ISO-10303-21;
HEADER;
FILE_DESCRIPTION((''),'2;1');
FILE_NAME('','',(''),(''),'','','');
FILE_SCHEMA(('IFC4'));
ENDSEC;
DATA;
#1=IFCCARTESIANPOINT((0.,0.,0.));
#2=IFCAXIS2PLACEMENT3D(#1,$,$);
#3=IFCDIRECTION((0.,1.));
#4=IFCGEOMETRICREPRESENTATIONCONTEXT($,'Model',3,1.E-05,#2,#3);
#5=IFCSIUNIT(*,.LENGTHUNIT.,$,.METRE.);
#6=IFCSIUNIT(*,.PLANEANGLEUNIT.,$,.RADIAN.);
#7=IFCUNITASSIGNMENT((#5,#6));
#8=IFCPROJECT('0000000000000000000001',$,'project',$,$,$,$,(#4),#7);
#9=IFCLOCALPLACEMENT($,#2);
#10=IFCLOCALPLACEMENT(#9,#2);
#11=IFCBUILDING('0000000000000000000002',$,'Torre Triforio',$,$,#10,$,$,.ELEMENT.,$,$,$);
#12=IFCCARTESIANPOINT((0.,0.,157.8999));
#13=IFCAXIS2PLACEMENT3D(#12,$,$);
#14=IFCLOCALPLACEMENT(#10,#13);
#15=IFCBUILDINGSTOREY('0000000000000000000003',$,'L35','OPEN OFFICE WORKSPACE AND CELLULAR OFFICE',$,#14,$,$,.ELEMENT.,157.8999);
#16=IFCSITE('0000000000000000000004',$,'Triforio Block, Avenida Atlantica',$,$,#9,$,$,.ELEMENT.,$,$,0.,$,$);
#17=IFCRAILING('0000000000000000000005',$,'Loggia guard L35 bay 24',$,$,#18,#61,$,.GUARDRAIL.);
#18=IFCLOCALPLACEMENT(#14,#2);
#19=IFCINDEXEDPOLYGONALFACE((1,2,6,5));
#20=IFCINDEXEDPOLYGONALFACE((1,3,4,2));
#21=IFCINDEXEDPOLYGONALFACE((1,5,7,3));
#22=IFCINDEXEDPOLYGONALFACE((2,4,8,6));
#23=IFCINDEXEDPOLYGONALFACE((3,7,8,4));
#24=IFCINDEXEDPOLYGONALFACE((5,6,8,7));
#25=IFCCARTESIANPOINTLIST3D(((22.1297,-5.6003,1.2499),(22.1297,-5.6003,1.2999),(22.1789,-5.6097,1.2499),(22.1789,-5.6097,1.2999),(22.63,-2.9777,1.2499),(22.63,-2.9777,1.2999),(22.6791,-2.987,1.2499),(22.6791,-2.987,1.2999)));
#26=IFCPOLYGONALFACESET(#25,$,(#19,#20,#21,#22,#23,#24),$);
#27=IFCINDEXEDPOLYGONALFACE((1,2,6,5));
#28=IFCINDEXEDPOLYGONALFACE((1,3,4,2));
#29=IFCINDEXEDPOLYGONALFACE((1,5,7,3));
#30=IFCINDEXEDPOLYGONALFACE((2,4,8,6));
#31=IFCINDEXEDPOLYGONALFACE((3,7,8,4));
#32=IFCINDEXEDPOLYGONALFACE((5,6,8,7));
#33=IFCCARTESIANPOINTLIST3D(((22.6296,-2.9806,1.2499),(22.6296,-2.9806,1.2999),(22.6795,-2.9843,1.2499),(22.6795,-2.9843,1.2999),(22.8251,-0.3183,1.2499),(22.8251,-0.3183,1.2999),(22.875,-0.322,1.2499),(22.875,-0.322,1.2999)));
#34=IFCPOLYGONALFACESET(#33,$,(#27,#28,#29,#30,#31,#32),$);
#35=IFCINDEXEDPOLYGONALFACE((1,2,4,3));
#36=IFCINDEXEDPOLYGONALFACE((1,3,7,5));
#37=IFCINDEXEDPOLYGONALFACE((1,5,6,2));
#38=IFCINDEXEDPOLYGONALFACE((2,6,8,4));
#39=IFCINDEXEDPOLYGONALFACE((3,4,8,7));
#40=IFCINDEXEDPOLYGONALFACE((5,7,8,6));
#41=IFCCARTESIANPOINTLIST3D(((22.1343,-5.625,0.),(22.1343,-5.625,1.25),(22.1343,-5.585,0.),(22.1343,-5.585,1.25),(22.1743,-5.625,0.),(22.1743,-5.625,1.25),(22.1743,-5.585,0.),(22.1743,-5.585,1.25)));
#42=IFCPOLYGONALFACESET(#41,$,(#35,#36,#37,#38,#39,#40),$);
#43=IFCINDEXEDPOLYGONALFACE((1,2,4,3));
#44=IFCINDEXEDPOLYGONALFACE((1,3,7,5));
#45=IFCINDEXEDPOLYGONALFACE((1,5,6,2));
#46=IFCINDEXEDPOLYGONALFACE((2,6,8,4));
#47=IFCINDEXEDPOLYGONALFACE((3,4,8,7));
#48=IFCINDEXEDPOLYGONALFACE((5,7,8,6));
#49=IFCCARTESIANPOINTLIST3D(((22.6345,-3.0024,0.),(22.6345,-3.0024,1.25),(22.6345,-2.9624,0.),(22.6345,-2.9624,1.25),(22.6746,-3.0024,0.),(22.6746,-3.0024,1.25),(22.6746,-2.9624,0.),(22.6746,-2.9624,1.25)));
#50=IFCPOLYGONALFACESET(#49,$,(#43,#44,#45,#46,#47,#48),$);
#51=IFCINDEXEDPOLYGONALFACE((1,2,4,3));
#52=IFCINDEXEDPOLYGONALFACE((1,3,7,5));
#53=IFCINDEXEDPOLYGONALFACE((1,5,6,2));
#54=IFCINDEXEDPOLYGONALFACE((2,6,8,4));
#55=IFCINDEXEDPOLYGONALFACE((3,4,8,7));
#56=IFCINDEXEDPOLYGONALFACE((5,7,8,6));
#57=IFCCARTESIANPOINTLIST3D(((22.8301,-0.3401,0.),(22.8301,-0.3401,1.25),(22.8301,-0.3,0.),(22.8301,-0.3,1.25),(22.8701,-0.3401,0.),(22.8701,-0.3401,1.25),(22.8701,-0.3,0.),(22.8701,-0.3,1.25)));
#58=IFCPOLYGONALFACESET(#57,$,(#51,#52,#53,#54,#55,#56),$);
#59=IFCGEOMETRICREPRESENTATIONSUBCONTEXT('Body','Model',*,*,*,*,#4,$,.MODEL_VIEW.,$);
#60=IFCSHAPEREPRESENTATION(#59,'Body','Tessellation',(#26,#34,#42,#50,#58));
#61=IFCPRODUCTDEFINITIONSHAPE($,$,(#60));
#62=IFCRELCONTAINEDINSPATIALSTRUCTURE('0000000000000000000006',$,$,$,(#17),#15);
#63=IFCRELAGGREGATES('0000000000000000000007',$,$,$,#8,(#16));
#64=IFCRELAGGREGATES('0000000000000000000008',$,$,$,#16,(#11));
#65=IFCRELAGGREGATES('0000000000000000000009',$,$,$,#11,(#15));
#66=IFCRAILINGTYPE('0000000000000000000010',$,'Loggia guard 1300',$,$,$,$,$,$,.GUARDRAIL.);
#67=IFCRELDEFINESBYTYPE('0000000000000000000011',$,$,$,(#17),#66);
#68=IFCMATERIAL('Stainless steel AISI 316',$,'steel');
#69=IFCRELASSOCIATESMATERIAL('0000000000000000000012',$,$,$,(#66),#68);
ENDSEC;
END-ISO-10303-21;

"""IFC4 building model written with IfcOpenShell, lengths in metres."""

from ifc_helpers import new_model, si_unit, direction, frame, origin, origin_2d, place, context, subcontext, project, spatial, rectangle, extrude, material, type_object, element, save


model = new_model("IFC4")

# Units and contexts
model_context = context("Model", 3, precision=1e-05, world=origin(), true_north=direction((0.0, 1.0)))
body_context = subcontext(model_context, "Body", "Model", "MODEL_VIEW")
ifc_project = project(units=[si_unit("LENGTHUNIT", "METRE"), si_unit("PLANEANGLEUNIT", "RADIAN")], contexts=[model_context])

# Site, building, storey
site_placement = place(None, origin())
site = spatial("IfcSite", under=ifc_project, at=site_placement, Name="Triforio Block, Avenida Atlantica", CompositionType="ELEMENT", RefElevation=0.0)
building_placement = place(site_placement, origin())
building = spatial("IfcBuilding", under=site, at=building_placement, Name="Torre Triforio", CompositionType="ELEMENT")
storey_placement = place(building_placement, frame((0.0, 0.0, 157.8999)))
storey = spatial("IfcBuildingStorey", under=building, at=storey_placement, Name="L35", Description="OPEN OFFICE WORKSPACE AND CELLULAR OFFICE", CompositionType="ELEMENT", Elevation=157.8999)

# Railing
ifc_material_1 = material(Name="Stainless steel AISI 316", Category="steel")
railing_type = type_object("IfcRailingType", Name="Loggia guard 1300", PredefinedType="GUARDRAIL", material=ifc_material_1)
railing_placement = place(storey_placement, frame((22.1543, -5.605, 0.0)))
element("IfcRailing", 1, at=railing_placement, inside=storey, type_object=railing_type, Name="Loggia guard L35 bay 24", PredefinedType="GUARDRAIL", context=body_context, shape_type="SweptSolid", body=[
    extrude(rectangle(XDim=0.05, YDim=0.05, at=origin_2d()), frame((0.0, 0.0, 1.2749), z_axis=(0.187368, 0.98229, 0.0), x_axis=(-0.98229, 0.187368, 0.0)), (0.0, 0.0, 1.0), 2.6699),
    extrude(rectangle(XDim=0.05, YDim=0.05, at=origin_2d()), frame((0.5002, 2.6226, 1.2749), z_axis=(0.073255, 0.997313, 0.0), x_axis=(-0.997313, 0.073255, 0.0)), (0.0, 0.0, 1.0), 2.6694),
    extrude(rectangle(XDim=0.04, YDim=0.04, at=origin_2d()), origin(), (0.0, 0.0, 1.0), 1.25),
    extrude(rectangle(XDim=0.04, YDim=0.04, at=origin_2d()), frame((0.5002, 2.6226, 0.0)), (0.0, 0.0, 1.0), 1.25),
    extrude(rectangle(XDim=0.04, YDim=0.04, at=origin_2d()), frame((0.6958, 5.2849, 0.0)), (0.0, 0.0, 1.0), 1.25),
])

save(model, "model.ifc")
